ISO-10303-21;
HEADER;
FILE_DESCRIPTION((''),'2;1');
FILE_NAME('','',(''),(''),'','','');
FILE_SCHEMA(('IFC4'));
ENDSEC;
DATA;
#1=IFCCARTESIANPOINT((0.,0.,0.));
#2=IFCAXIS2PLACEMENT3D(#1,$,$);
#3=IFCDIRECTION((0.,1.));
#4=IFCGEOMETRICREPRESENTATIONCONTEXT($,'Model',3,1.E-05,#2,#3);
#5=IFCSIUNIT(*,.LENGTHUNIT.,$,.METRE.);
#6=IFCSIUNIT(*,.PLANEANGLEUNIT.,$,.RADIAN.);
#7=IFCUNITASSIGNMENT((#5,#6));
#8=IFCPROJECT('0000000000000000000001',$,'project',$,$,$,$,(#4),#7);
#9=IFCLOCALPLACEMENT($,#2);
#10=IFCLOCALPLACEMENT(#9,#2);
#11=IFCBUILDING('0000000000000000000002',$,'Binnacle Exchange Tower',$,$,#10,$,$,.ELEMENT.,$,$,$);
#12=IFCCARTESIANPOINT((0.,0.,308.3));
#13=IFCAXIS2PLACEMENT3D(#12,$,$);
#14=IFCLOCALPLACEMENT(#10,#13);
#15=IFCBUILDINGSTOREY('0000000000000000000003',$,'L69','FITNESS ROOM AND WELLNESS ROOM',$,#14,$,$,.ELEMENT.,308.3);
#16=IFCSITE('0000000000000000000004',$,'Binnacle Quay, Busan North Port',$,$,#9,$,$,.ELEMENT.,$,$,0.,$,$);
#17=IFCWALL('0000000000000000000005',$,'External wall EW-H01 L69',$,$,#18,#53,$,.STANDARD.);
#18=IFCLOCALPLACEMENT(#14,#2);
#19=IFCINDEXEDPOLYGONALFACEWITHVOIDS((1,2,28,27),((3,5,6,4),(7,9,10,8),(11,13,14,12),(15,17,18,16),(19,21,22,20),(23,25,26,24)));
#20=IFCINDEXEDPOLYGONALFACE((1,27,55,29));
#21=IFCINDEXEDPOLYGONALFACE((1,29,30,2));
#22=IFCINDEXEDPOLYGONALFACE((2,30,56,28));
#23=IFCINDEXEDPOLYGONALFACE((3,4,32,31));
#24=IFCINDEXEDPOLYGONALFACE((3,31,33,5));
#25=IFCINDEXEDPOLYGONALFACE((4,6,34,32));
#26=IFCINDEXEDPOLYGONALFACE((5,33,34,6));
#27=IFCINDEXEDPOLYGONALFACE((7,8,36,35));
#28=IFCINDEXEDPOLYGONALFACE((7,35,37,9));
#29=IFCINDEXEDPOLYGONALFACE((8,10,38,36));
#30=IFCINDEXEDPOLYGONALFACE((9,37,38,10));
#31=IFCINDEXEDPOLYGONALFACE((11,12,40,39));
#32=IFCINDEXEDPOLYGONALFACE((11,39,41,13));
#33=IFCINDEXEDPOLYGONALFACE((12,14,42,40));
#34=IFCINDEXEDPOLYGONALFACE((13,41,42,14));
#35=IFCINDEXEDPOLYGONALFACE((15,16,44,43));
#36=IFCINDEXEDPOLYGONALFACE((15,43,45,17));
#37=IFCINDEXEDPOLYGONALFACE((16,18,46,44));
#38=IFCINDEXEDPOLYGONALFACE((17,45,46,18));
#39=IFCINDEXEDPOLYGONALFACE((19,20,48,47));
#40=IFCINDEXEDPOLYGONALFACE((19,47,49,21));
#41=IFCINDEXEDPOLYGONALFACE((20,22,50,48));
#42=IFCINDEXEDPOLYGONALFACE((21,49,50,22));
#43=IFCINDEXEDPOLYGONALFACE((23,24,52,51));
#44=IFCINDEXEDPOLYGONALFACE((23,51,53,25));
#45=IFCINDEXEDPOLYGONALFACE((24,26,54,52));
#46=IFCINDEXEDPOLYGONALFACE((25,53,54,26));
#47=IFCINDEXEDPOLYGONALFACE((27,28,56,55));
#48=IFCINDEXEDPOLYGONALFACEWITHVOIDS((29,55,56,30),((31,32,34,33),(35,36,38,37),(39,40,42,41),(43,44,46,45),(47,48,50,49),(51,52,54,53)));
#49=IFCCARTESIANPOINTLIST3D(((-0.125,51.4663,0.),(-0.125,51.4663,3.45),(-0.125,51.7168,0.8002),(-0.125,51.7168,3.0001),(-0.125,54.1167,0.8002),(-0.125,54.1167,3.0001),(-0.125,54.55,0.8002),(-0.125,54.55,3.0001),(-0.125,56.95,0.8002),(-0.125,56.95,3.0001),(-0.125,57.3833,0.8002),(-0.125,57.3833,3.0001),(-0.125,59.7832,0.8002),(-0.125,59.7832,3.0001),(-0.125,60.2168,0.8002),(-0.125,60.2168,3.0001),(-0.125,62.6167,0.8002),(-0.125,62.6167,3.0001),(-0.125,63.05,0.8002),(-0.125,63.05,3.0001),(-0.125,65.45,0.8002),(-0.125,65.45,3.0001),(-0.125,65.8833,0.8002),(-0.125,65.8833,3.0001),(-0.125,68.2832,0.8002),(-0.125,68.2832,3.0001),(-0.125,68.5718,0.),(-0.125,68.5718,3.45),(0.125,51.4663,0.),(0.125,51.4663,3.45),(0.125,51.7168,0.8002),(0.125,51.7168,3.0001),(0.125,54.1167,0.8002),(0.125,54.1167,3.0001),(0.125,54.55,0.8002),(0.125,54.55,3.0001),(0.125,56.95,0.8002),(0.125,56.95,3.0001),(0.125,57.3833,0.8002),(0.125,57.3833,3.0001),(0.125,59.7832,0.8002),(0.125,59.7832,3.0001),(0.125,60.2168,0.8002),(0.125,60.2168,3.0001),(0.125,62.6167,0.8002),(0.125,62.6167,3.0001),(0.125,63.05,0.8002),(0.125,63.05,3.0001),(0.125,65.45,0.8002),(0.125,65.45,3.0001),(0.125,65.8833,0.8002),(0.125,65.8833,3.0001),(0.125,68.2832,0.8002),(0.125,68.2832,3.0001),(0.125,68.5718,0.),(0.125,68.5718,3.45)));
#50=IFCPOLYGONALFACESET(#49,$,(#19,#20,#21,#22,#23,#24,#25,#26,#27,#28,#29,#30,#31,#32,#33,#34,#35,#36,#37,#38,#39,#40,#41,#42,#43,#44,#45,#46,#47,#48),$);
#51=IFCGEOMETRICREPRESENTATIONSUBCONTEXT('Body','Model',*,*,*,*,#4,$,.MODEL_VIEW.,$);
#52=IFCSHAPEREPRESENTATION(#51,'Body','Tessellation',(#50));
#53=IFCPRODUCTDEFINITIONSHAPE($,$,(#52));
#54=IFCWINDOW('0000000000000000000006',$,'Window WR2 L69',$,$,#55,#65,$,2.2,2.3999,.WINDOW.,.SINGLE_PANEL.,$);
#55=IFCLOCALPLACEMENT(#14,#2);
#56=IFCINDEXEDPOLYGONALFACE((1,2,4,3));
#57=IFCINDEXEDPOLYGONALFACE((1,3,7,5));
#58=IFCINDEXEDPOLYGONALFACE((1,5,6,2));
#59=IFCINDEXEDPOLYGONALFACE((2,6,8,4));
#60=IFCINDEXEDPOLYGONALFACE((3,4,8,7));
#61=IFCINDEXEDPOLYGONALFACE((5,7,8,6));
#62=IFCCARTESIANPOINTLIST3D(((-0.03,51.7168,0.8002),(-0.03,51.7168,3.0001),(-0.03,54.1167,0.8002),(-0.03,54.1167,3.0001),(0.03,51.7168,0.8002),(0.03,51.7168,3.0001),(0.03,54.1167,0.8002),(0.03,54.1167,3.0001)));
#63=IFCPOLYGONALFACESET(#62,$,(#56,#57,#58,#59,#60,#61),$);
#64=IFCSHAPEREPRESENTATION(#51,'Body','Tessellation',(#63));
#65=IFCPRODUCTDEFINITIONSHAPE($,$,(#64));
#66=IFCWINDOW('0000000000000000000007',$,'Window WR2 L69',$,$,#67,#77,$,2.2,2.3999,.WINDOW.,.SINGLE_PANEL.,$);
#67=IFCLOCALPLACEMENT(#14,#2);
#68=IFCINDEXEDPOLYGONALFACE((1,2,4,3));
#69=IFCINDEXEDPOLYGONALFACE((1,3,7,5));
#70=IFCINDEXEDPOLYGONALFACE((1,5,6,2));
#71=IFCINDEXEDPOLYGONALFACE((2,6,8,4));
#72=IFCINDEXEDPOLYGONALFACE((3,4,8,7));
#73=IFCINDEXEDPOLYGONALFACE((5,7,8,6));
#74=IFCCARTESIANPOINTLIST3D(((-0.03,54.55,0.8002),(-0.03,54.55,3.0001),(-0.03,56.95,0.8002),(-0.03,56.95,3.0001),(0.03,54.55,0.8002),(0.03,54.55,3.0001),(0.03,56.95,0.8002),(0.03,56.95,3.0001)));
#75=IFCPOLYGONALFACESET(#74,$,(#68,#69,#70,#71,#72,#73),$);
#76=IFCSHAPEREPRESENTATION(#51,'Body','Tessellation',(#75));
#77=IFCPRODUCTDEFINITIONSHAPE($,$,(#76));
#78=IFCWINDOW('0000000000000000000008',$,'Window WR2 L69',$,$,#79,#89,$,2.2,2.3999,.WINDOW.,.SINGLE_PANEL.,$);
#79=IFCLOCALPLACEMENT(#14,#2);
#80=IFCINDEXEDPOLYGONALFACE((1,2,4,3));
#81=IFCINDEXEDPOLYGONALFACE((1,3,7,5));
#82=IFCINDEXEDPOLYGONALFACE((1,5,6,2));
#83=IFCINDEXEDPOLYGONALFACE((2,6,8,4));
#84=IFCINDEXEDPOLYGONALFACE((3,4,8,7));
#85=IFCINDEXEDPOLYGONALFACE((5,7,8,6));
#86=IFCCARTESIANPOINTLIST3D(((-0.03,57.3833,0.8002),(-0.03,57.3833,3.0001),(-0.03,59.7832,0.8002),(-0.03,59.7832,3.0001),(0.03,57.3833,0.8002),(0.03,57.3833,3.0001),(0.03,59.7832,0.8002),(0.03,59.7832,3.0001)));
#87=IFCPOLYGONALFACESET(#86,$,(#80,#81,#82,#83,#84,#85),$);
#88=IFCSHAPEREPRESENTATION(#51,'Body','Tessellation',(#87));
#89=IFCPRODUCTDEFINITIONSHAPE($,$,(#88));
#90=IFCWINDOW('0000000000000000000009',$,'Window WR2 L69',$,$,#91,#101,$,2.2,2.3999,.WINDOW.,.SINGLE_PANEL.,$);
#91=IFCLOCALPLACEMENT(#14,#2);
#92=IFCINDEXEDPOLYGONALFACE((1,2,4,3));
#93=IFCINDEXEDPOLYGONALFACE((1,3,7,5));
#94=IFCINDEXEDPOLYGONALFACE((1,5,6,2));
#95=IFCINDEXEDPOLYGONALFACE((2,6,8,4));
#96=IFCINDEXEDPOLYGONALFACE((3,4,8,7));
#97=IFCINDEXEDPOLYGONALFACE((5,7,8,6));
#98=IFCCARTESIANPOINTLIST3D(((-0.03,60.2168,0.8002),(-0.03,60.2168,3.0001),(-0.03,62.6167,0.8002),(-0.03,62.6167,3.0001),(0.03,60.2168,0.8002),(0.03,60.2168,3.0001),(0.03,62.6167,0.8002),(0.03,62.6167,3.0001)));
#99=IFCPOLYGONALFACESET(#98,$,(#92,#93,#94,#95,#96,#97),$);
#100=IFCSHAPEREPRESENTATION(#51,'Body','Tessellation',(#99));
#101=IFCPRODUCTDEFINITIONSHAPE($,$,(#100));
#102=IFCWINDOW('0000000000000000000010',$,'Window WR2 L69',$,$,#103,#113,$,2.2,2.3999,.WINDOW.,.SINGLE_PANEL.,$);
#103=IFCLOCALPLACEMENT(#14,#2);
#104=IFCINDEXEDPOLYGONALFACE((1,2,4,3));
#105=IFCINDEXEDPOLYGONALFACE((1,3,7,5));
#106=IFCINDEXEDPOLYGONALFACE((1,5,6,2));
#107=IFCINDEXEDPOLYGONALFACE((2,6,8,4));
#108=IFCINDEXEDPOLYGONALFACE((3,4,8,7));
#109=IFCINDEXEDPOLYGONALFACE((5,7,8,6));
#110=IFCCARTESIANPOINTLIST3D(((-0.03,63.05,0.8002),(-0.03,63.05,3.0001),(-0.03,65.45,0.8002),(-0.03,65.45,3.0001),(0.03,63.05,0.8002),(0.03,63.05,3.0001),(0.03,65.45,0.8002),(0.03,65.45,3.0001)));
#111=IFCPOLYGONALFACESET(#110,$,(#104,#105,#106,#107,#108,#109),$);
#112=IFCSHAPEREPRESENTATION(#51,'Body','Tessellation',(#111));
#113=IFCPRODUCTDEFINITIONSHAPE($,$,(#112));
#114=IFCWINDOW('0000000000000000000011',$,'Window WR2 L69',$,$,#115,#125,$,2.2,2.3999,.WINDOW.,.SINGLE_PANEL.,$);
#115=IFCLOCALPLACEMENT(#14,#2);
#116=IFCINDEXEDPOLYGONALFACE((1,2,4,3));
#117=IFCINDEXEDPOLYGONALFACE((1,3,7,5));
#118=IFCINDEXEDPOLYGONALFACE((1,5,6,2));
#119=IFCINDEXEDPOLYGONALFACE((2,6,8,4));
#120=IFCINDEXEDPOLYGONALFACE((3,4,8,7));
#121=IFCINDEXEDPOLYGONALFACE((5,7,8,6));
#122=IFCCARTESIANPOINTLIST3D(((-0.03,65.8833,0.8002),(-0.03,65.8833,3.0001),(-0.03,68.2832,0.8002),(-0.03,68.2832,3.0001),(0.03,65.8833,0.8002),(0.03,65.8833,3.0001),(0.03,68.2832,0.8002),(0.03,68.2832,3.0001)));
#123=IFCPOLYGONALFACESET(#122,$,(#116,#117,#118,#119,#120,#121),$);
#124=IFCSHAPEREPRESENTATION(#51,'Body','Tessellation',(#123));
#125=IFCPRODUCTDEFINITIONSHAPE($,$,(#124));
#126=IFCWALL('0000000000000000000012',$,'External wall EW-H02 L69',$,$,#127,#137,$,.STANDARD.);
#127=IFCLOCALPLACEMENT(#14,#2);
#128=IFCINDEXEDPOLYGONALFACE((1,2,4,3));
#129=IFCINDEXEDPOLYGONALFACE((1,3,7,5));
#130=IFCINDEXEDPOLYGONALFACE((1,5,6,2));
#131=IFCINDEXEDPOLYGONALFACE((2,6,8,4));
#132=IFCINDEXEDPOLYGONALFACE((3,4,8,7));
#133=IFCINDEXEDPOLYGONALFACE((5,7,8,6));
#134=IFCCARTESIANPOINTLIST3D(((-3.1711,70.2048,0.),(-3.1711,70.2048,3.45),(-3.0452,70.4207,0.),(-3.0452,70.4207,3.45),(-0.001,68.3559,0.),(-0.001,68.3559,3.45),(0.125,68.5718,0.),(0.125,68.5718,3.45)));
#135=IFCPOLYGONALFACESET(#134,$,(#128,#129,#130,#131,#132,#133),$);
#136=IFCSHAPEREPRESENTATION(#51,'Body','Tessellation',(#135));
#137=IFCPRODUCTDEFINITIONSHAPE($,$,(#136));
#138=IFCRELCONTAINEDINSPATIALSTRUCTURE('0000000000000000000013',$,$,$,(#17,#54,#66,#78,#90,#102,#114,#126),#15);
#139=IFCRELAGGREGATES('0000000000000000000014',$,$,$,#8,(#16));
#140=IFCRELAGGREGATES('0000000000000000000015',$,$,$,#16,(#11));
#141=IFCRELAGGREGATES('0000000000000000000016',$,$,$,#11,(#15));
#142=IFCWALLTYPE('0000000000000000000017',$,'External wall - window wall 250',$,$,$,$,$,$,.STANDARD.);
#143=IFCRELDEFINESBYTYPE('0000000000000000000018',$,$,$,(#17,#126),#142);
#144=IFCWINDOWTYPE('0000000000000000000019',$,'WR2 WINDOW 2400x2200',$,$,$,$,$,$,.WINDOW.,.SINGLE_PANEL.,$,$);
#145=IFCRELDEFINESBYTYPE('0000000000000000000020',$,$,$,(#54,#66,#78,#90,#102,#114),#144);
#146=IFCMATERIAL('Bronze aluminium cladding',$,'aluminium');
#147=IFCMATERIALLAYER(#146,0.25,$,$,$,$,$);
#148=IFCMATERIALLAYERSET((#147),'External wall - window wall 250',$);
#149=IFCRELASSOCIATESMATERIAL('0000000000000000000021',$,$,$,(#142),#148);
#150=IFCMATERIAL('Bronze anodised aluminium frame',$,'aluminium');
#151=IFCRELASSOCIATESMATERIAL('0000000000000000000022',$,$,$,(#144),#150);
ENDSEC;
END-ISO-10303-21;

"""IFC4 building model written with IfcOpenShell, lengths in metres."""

from ifc_helpers import new_model, si_unit, direction, frame, frame_2d, origin, place, context, subcontext, project, spatial, rectangle, extrude, material, layer, layer_set, type_object, element, fill, save


model = new_model("IFC4")

# Units and contexts
model_context = context("Model", 3, precision=1e-05, world=origin(), true_north=direction((0.0, 1.0)))
body_context = subcontext(model_context, "Body", "Model", "MODEL_VIEW")
ifc_project = project(units=[si_unit("LENGTHUNIT", "METRE"), si_unit("PLANEANGLEUNIT", "RADIAN")], contexts=[model_context])

# Site, building, storey
site_placement = place(None, origin())
site = spatial("IfcSite", under=ifc_project, at=site_placement, Name="Binnacle Quay, Busan North Port", CompositionType="ELEMENT", RefElevation=0.0)
building_placement = place(site_placement, origin())
building = spatial("IfcBuilding", under=site, at=building_placement, Name="Binnacle Exchange Tower", CompositionType="ELEMENT")
storey_placement = place(building_placement, frame((0.0, 0.0, 308.3)))
storey = spatial("IfcBuildingStorey", under=building, at=storey_placement, Name="L69", Description="FITNESS ROOM AND WELLNESS ROOM", CompositionType="ELEMENT", Elevation=308.3)

# Shared definitions
ifc_material_1 = material(Name="Bronze aluminium cladding", Category="aluminium")
ifc_layer_1 = layer(ifc_material_1, 0.25)
ifc_layer_set_1 = layer_set([ifc_layer_1], Name="External wall - window wall 250")
wall_type_1 = type_object("IfcWallType", Name="External wall - window wall 250", PredefinedType="STANDARD", material=ifc_layer_set_1)

# Wall, openings, windows
wall_1_placement = place(storey_placement, frame((0.0, 68.5718, 0.0), z_axis=(0.0, 0.0, 1.0), x_axis=(0.0, -1.0, 0.0)))
wall_1 = element("IfcWall", 1, at=wall_1_placement, inside=storey, type_object=wall_type_1, Name="External wall EW-H01 L69", PredefinedType="STANDARD", context=body_context, shape_type="SweptSolid", body=[
    extrude(rectangle(XDim=17.1055, YDim=0.25, at=frame_2d((8.5527, 0.0))), origin(), (0.0, 0.0, 1.0), 3.45),
])
opening_1_placement = place(wall_1_placement, frame((14.4551, 0.0, 0.8)))
opening_1 = element("IfcOpeningElement", 2, at=opening_1_placement, cuts=wall_1, PredefinedType="OPENING", context=body_context, shape_type="SweptSolid", body=[
    extrude(rectangle(XDim=2.3999, YDim=2.2, at=frame_2d((1.2, 1.1001))), frame((0.0, 0.135, 0.0), z_axis=(0.0, -1.0, 0.0), x_axis=(1.0, 0.0, 0.0)), (0.0, 0.0, 1.0), 0.27),
])
opening_2_placement = place(wall_1_placement, frame((11.6218, 0.0, 0.8)))
opening_2 = element("IfcOpeningElement", 3, at=opening_2_placement, cuts=wall_1, PredefinedType="OPENING", context=body_context, shape_type="SweptSolid", body=[
    extrude(rectangle(XDim=2.3999, YDim=2.2, at=frame_2d((1.2, 1.1001))), frame((0.0, 0.135, 0.0), z_axis=(0.0, -1.0, 0.0), x_axis=(1.0, 0.0, 0.0)), (0.0, 0.0, 1.0), 0.27),
])
opening_3_placement = place(wall_1_placement, frame((8.7886, 0.0, 0.8)))
opening_3 = element("IfcOpeningElement", 4, at=opening_3_placement, cuts=wall_1, PredefinedType="OPENING", context=body_context, shape_type="SweptSolid", body=[
    extrude(rectangle(XDim=2.3999, YDim=2.2, at=frame_2d((1.2, 1.1001))), frame((0.0, 0.135, 0.0), z_axis=(0.0, -1.0, 0.0), x_axis=(1.0, 0.0, 0.0)), (0.0, 0.0, 1.0), 0.27),
])
opening_4_placement = place(wall_1_placement, frame((5.9551, 0.0, 0.8)))
opening_4 = element("IfcOpeningElement", 5, at=opening_4_placement, cuts=wall_1, PredefinedType="OPENING", context=body_context, shape_type="SweptSolid", body=[
    extrude(rectangle(XDim=2.3999, YDim=2.2, at=frame_2d((1.2, 1.1001))), frame((0.0, 0.135, 0.0), z_axis=(0.0, -1.0, 0.0), x_axis=(1.0, 0.0, 0.0)), (0.0, 0.0, 1.0), 0.27),
])
opening_5_placement = place(wall_1_placement, frame((3.1218, 0.0, 0.8)))
opening_5 = element("IfcOpeningElement", 6, at=opening_5_placement, cuts=wall_1, PredefinedType="OPENING", context=body_context, shape_type="SweptSolid", body=[
    extrude(rectangle(XDim=2.3999, YDim=2.2, at=frame_2d((1.2, 1.1001))), frame((0.0, 0.135, 0.0), z_axis=(0.0, -1.0, 0.0), x_axis=(1.0, 0.0, 0.0)), (0.0, 0.0, 1.0), 0.27),
])
opening_6_placement = place(wall_1_placement, frame((0.2886, 0.0, 0.8)))
opening_6 = element("IfcOpeningElement", 7, at=opening_6_placement, cuts=wall_1, PredefinedType="OPENING", context=body_context, shape_type="SweptSolid", body=[
    extrude(rectangle(XDim=2.3999, YDim=2.2, at=frame_2d((1.2, 1.1001))), frame((0.0, 0.135, 0.0), z_axis=(0.0, -1.0, 0.0), x_axis=(1.0, 0.0, 0.0)), (0.0, 0.0, 1.0), 0.27),
])
ifc_material_2 = material(Name="Bronze anodised aluminium frame", Category="aluminium")
window_type = type_object("IfcWindowType", Name="WR2 WINDOW 2400x2200", PartitioningType="SINGLE_PANEL", PredefinedType="WINDOW", material=ifc_material_2)
window_1_placement = place(opening_1_placement, origin())
window_1 = element("IfcWindow", 8, at=window_1_placement, inside=storey, type_object=window_type, Name="Window WR2 L69", OverallHeight=2.2, OverallWidth=2.3999, PartitioningType="SINGLE_PANEL", PredefinedType="WINDOW", context=body_context, shape_type="SweptSolid", body=[
    extrude(rectangle(XDim=2.3999, YDim=2.2, at=frame_2d((1.2, 1.1001))), frame((0.0, 0.03, 0.0), z_axis=(0.0, -1.0, 0.0), x_axis=(1.0, 0.0, 0.0)), (0.0, 0.0, 1.0), 0.0601),
])
fill(opening_1, window_1)
window_2_placement = place(opening_2_placement, origin())
window_2 = element("IfcWindow", 9, at=window_2_placement, inside=storey, type_object=window_type, Name="Window WR2 L69", OverallHeight=2.2, OverallWidth=2.3999, PartitioningType="SINGLE_PANEL", PredefinedType="WINDOW", context=body_context, shape_type="SweptSolid", body=[
    extrude(rectangle(XDim=2.3999, YDim=2.2, at=frame_2d((1.2, 1.1001))), frame((0.0, 0.03, 0.0), z_axis=(0.0, -1.0, 0.0), x_axis=(1.0, 0.0, 0.0)), (0.0, 0.0, 1.0), 0.0601),
])
fill(opening_2, window_2)
window_3_placement = place(opening_3_placement, origin())
window_3 = element("IfcWindow", 10, at=window_3_placement, inside=storey, type_object=window_type, Name="Window WR2 L69", OverallHeight=2.2, OverallWidth=2.3999, PartitioningType="SINGLE_PANEL", PredefinedType="WINDOW", context=body_context, shape_type="SweptSolid", body=[
    extrude(rectangle(XDim=2.3999, YDim=2.2, at=frame_2d((1.2, 1.1001))), frame((0.0, 0.03, 0.0), z_axis=(0.0, -1.0, 0.0), x_axis=(1.0, 0.0, 0.0)), (0.0, 0.0, 1.0), 0.0601),
])
fill(opening_3, window_3)
window_4_placement = place(opening_4_placement, origin())
window_4 = element("IfcWindow", 11, at=window_4_placement, inside=storey, type_object=window_type, Name="Window WR2 L69", OverallHeight=2.2, OverallWidth=2.3999, PartitioningType="SINGLE_PANEL", PredefinedType="WINDOW", context=body_context, shape_type="SweptSolid", body=[
    extrude(rectangle(XDim=2.3999, YDim=2.2, at=frame_2d((1.2, 1.1001))), frame((0.0, 0.03, 0.0), z_axis=(0.0, -1.0, 0.0), x_axis=(1.0, 0.0, 0.0)), (0.0, 0.0, 1.0), 0.0601),
])
fill(opening_4, window_4)
window_5_placement = place(opening_5_placement, origin())
window_5 = element("IfcWindow", 12, at=window_5_placement, inside=storey, type_object=window_type, Name="Window WR2 L69", OverallHeight=2.2, OverallWidth=2.3999, PartitioningType="SINGLE_PANEL", PredefinedType="WINDOW", context=body_context, shape_type="SweptSolid", body=[
    extrude(rectangle(XDim=2.3999, YDim=2.2, at=frame_2d((1.2, 1.1001))), frame((0.0, 0.03, 0.0), z_axis=(0.0, -1.0, 0.0), x_axis=(1.0, 0.0, 0.0)), (0.0, 0.0, 1.0), 0.0601),
])
fill(opening_5, window_5)
window_6_placement = place(opening_6_placement, origin())
window_6 = element("IfcWindow", 13, at=window_6_placement, inside=storey, type_object=window_type, Name="Window WR2 L69", OverallHeight=2.2, OverallWidth=2.3999, PartitioningType="SINGLE_PANEL", PredefinedType="WINDOW", context=body_context, shape_type="SweptSolid", body=[
    extrude(rectangle(XDim=2.3999, YDim=2.2, at=frame_2d((1.2, 1.1001))), frame((0.0, 0.03, 0.0), z_axis=(0.0, -1.0, 0.0), x_axis=(1.0, 0.0, 0.0)), (0.0, 0.0, 1.0), 0.0601),
])
fill(opening_6, window_6)

# Wall
wall_2_placement = place(storey_placement, frame((-3.1082, 70.3127, 0.0), z_axis=(0.0, 0.0, 1.0), x_axis=(0.863825, -0.503792, 0.0)))
element("IfcWall", 14, at=wall_2_placement, inside=storey, type_object=wall_type_1, Name="External wall EW-H02 L69", PredefinedType="STANDARD", context=body_context, shape_type="SweptSolid", body=[
    extrude(rectangle(XDim=3.6699, YDim=0.25, at=frame_2d((1.835, 0.0))), origin(), (0.0, 0.0, 1.0), 3.45),
])

save(model, "model.ifc")
